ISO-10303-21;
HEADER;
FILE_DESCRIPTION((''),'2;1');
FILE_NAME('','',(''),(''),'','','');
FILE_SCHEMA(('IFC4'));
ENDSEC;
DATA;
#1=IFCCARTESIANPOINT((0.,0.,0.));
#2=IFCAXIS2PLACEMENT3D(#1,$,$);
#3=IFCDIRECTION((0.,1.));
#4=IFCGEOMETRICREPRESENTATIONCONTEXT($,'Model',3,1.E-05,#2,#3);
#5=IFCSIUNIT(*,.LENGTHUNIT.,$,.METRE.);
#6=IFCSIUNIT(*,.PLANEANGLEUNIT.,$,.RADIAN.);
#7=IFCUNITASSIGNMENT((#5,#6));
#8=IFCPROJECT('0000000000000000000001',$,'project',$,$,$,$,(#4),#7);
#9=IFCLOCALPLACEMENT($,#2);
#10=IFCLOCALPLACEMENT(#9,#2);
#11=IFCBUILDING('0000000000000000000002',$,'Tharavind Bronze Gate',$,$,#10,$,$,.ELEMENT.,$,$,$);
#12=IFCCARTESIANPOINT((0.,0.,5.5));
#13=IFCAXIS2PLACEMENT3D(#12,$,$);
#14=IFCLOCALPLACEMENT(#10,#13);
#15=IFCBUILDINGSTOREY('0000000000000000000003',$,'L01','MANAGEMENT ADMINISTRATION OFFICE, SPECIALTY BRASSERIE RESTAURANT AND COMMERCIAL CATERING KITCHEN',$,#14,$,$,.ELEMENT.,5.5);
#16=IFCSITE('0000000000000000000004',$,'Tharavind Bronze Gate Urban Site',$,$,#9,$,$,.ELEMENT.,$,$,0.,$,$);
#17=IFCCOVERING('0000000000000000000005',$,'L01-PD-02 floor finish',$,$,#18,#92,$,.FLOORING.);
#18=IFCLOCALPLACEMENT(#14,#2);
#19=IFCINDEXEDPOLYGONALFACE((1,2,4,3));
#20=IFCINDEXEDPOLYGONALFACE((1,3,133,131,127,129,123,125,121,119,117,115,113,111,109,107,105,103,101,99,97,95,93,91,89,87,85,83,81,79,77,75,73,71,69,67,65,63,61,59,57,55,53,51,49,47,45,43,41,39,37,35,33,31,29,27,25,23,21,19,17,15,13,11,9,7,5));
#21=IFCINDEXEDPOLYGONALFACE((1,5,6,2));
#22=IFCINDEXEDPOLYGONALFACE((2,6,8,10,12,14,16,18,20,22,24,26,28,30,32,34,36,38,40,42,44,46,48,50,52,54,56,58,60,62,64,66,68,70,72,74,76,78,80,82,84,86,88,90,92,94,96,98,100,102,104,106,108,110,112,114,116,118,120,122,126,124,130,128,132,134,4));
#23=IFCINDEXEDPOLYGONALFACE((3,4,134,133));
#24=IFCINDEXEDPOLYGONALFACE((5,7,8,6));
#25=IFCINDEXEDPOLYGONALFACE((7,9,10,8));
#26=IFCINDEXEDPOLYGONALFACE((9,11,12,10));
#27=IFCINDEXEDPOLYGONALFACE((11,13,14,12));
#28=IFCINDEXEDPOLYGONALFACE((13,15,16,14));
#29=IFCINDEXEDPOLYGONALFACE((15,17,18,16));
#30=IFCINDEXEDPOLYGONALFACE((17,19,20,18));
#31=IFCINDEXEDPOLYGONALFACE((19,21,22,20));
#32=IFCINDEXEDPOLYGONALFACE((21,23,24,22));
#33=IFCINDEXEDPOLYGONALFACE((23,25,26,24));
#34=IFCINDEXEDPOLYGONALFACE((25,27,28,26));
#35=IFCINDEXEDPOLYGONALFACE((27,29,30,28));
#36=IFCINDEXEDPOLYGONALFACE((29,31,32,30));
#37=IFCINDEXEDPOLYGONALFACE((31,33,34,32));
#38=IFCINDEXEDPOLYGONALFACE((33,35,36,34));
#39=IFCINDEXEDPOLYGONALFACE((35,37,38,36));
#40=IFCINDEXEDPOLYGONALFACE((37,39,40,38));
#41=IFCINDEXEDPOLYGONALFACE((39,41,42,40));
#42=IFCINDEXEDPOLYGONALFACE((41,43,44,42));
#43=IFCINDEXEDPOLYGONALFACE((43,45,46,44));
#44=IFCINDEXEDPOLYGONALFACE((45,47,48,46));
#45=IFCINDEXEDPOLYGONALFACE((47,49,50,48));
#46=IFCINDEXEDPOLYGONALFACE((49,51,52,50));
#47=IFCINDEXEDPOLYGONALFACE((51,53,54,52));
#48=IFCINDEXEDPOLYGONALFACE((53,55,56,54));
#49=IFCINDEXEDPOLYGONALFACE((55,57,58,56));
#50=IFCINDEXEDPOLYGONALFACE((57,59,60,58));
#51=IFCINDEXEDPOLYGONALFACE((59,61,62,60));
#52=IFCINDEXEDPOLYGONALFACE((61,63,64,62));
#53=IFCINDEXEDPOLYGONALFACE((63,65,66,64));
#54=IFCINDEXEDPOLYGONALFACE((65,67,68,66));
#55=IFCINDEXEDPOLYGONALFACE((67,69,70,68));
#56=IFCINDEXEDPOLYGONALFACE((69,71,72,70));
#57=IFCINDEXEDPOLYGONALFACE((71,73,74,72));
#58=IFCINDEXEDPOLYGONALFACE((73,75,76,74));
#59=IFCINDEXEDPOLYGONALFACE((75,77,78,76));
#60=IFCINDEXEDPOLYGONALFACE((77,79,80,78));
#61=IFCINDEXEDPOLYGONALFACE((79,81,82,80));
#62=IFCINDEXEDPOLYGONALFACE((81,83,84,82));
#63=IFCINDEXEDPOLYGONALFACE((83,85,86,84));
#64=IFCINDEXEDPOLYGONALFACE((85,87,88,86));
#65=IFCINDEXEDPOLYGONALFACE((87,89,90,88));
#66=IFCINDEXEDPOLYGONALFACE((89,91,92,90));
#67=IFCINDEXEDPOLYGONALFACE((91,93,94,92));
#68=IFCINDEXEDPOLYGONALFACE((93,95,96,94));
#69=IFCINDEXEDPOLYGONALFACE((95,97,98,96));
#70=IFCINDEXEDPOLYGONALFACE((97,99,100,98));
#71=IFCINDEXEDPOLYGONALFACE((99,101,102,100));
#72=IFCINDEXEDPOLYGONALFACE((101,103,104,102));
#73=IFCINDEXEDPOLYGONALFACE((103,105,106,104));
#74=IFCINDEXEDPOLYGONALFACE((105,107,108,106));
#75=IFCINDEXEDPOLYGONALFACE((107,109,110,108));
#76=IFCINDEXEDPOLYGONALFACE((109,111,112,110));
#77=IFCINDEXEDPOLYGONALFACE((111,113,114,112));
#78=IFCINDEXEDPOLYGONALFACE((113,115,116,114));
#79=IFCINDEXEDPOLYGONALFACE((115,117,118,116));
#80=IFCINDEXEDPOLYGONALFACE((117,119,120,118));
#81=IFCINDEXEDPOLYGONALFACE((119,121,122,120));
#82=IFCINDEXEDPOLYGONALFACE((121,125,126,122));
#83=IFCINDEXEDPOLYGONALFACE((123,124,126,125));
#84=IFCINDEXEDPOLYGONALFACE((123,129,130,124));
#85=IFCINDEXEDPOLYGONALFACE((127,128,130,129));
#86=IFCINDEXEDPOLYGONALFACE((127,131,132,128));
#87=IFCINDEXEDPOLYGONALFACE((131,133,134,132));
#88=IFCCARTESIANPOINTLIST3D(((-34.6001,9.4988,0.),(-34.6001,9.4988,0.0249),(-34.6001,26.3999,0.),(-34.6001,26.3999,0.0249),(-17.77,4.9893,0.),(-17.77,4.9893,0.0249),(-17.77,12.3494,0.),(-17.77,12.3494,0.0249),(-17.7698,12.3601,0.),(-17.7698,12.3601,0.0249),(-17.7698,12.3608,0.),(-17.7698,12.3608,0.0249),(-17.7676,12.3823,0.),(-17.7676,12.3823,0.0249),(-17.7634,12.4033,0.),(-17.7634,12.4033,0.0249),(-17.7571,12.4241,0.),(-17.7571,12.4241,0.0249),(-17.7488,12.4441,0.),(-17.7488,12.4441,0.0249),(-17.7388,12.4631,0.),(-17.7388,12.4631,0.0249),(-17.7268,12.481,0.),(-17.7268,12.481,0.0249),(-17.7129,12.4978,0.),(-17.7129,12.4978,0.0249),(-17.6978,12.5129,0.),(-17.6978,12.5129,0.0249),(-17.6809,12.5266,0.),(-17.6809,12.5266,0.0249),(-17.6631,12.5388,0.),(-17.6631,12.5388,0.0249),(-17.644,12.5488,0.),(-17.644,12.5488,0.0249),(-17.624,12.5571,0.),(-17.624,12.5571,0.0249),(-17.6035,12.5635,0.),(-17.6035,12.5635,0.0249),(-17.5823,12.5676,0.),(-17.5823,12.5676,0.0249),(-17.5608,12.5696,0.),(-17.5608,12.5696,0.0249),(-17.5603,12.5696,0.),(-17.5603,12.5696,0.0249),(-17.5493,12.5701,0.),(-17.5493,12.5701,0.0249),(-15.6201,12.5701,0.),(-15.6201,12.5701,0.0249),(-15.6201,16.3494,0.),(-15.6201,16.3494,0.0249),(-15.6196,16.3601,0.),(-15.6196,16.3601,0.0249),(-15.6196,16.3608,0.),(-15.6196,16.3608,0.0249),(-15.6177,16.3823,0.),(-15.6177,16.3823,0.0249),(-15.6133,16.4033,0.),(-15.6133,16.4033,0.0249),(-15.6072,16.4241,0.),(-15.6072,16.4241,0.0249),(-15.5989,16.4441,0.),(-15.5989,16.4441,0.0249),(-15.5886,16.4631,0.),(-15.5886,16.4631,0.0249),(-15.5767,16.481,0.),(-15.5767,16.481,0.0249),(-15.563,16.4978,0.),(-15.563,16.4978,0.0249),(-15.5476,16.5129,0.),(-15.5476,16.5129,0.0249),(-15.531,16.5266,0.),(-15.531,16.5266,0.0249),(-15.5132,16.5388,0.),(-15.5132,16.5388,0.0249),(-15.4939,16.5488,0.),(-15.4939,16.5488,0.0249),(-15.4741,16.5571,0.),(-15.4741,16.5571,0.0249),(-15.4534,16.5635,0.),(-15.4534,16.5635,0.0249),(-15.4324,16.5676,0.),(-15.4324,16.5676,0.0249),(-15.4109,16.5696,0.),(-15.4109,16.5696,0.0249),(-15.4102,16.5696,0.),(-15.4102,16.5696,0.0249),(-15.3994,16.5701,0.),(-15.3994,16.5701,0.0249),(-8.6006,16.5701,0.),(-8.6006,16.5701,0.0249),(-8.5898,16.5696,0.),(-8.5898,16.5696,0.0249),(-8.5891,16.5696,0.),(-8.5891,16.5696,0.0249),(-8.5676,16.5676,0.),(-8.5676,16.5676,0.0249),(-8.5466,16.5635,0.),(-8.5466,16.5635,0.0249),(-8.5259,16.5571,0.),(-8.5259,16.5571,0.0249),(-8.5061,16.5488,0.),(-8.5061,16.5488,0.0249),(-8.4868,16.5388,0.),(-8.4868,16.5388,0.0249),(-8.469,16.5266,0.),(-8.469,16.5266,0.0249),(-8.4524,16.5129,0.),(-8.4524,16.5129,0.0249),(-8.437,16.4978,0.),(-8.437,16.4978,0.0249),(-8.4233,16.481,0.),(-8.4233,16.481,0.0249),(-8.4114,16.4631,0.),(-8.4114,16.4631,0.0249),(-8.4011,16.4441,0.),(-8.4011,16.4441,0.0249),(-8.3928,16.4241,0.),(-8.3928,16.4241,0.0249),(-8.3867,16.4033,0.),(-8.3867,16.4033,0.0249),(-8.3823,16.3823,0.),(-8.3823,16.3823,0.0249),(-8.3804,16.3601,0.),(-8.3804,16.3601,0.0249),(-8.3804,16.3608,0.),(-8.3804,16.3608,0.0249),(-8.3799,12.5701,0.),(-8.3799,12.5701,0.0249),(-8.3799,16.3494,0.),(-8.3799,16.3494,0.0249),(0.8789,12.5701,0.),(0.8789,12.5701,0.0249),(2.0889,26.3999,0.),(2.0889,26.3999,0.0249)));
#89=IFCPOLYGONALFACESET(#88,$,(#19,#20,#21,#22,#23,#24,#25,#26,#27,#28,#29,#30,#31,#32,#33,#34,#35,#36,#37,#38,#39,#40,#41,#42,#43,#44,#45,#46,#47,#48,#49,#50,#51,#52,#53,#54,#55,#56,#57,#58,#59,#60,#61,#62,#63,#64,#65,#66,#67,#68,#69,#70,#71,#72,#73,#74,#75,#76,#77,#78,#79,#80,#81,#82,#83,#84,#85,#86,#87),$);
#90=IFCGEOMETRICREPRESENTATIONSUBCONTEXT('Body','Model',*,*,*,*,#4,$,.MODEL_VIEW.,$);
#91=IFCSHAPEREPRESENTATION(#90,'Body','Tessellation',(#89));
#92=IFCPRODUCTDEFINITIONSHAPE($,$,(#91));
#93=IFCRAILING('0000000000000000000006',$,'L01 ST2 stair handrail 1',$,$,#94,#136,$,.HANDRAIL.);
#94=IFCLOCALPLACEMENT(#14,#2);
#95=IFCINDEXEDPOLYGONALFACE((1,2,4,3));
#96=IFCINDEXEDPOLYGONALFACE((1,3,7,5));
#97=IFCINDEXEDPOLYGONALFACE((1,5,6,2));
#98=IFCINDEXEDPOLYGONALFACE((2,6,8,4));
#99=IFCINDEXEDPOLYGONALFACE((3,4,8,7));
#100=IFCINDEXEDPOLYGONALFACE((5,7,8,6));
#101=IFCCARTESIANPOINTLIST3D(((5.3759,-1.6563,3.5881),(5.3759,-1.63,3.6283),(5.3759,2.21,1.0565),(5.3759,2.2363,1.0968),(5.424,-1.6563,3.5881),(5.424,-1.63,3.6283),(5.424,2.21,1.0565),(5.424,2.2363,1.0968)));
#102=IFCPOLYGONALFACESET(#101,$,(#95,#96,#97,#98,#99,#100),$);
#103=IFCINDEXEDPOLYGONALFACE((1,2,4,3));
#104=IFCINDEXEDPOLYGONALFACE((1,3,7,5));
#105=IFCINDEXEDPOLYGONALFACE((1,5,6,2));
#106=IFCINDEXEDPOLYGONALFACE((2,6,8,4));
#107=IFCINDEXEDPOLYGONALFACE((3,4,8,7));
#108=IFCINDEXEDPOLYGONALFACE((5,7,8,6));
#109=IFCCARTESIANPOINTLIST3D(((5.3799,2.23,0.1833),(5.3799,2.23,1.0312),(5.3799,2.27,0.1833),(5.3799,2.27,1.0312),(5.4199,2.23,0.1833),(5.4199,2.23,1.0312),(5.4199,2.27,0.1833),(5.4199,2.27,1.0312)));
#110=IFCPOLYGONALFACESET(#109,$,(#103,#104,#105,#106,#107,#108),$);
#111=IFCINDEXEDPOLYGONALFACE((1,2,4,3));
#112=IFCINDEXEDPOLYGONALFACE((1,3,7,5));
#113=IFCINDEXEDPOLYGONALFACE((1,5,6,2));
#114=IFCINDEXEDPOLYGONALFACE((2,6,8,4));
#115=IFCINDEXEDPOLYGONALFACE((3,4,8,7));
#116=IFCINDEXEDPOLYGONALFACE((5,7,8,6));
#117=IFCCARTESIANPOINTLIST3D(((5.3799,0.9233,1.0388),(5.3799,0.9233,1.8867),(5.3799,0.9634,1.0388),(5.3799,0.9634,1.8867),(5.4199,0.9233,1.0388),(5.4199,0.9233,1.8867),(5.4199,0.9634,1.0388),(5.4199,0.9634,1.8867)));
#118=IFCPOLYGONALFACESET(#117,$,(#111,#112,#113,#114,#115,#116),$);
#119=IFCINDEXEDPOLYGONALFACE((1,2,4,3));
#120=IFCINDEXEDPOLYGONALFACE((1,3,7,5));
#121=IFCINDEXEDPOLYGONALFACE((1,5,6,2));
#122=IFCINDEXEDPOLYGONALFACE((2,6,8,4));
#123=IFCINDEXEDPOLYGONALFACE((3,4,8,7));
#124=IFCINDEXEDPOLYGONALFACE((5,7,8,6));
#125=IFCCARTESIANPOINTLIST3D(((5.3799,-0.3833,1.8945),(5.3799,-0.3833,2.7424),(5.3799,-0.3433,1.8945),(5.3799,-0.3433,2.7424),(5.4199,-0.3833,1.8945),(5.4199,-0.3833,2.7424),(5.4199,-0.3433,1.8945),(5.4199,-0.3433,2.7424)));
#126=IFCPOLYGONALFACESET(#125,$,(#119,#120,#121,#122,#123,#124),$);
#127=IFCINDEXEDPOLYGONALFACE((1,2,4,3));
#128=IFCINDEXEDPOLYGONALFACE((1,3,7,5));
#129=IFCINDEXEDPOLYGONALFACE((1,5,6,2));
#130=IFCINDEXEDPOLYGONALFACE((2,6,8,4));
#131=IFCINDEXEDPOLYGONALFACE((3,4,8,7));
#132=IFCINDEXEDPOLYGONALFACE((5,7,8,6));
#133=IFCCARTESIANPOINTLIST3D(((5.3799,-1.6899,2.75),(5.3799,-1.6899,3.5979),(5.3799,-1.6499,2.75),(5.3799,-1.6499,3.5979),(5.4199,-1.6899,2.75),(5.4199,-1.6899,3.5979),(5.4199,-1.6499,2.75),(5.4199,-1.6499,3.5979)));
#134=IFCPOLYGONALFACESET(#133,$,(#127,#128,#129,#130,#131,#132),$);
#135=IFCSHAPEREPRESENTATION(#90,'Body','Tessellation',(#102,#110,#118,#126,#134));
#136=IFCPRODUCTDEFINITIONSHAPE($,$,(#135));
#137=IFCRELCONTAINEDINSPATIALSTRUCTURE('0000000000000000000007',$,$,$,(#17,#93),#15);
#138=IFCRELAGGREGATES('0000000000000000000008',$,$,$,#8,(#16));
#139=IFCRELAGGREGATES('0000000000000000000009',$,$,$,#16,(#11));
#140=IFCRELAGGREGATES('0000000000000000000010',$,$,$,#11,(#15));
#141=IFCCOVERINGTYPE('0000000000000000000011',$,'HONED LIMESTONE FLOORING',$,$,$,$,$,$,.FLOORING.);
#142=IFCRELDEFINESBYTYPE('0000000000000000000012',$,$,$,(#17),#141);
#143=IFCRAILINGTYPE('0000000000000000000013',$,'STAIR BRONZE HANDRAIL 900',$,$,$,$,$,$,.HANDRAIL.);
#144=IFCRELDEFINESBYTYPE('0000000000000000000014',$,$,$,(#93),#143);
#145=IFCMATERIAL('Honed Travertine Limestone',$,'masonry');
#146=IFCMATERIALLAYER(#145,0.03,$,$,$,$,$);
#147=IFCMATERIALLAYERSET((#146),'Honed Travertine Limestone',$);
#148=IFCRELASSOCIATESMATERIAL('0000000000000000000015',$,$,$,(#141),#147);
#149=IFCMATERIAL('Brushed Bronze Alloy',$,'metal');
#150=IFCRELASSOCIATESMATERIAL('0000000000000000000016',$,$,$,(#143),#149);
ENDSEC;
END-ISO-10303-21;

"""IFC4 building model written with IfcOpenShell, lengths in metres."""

from ifc_helpers import new_model, si_unit, direction, frame, origin, origin_2d, place, context, subcontext, project, spatial, polyline, rectangle, outline, extrude, material, layer, layer_set, type_object, element, save


model = new_model("IFC4")

# Units and contexts
model_context = context("Model", 3, precision=1e-05, world=origin(), true_north=direction((0.0, 1.0)))
body_context = subcontext(model_context, "Body", "Model", "MODEL_VIEW")
ifc_project = project(units=[si_unit("LENGTHUNIT", "METRE"), si_unit("PLANEANGLEUNIT", "RADIAN")], contexts=[model_context])

# Site, building, storey
site_placement = place(None, origin())
site = spatial("IfcSite", under=ifc_project, at=site_placement, Name="Tharavind Bronze Gate Urban Site", CompositionType="ELEMENT", RefElevation=0.0)
building_placement = place(site_placement, origin())
building = spatial("IfcBuilding", under=site, at=building_placement, Name="Tharavind Bronze Gate", CompositionType="ELEMENT")
storey_placement = place(building_placement, frame((0.0, 0.0, 5.5)))
storey = spatial("IfcBuildingStorey", under=building, at=storey_placement, Name="L01", Description="MANAGEMENT ADMINISTRATION OFFICE, SPECIALTY BRASSERIE RESTAURANT AND COMMERCIAL CATERING KITCHEN", CompositionType="ELEMENT", Elevation=5.5)

# Covering
ifc_material_1 = material(Name="Honed Travertine Limestone", Category="masonry")
ifc_layer_1 = layer(ifc_material_1, 0.03)
ifc_layer_set_1 = layer_set([ifc_layer_1], Name="Honed Travertine Limestone")
covering_type_1 = type_object("IfcCoveringType", Name="HONED LIMESTONE FLOORING", PredefinedType="FLOORING", material=ifc_layer_set_1)
covering_1_placement = place(storey_placement, origin())
element("IfcCovering", 1, at=covering_1_placement, inside=storey, type_object=covering_type_1, Name="L01-PD-02 floor finish", PredefinedType="FLOORING", context=body_context, shape_type="SweptSolid", body=[
    extrude(outline(polyline([(-34.6001, 9.4988), (-17.77, 4.9893), (-17.77, 12.3494), (-17.7698, 12.3601), (-17.7698, 12.3608), (-17.7676, 12.3823), (-17.7634, 12.4033), (-17.7571, 12.4241), (-17.7488, 12.4441), (-17.7388, 12.4631), (-17.7268, 12.481), (-17.7129, 12.4978), (-17.6978, 12.5129), (-17.6809, 12.5266), (-17.6631, 12.5388), (-17.644, 12.5488), (-17.624, 12.5571), (-17.6035, 12.5635), (-17.5823, 12.5676), (-17.5608, 12.5696), (-17.5603, 12.5696), (-17.5493, 12.5701), (-15.6201, 12.5701), (-15.6201, 16.3494), (-15.6196, 16.3601), (-15.6196, 16.3608), (-15.6177, 16.3823), (-15.6133, 16.4033), (-15.6072, 16.4241), (-15.5989, 16.4441), (-15.5886, 16.4631), (-15.5767, 16.481), (-15.563, 16.4978), (-15.5476, 16.5129), (-15.531, 16.5266), (-15.5132, 16.5388), (-15.4939, 16.5488), (-15.4741, 16.5571), (-15.4534, 16.5635), (-15.4324, 16.5676), (-15.4109, 16.5696), (-15.4102, 16.5696), (-15.3994, 16.5701), (-8.6006, 16.5701), (-8.5898, 16.5696), (-8.5891, 16.5696), (-8.5676, 16.5676), (-8.5466, 16.5635), (-8.5259, 16.5571), (-8.5061, 16.5488), (-8.4868, 16.5388), (-8.469, 16.5266), (-8.4524, 16.5129), (-8.437, 16.4978), (-8.4233, 16.481), (-8.4114, 16.4631), (-8.4011, 16.4441), (-8.3928, 16.4241), (-8.3867, 16.4033), (-8.3823, 16.3823), (-8.3804, 16.3608), (-8.3804, 16.3601), (-8.3799, 16.3494), (-8.3799, 12.5701), (0.8789, 12.5701), (2.0889, 26.3999), (-34.6001, 26.3999), (-34.6001, 9.4988)])), origin(), (0.0, 0.0, 1.0), 0.0249),
])

# Railing
ifc_material_2 = material(Name="Brushed Bronze Alloy", Category="metal")
railing_type = type_object("IfcRailingType", Name="STAIR BRONZE HANDRAIL 900", PredefinedType="HANDRAIL", material=ifc_material_2)
railing_placement = place(storey_placement, frame((5.3999, 2.25, 0.1833)))
element("IfcRailing", 2, at=railing_placement, inside=storey, type_object=railing_type, Name="L01 ST2 stair handrail 1", PredefinedType="HANDRAIL", context=body_context, shape_type="SweptSolid", body=[
    extrude(rectangle(XDim=0.0481, YDim=0.0481, at=origin_2d()), frame((0.0, -0.0269, 0.8933), z_axis=(0.0, -0.836615, 0.547791), x_axis=(1.0, 0.0, 0.0)), (0.0, 0.0, 1.0), 4.6213),
    extrude(rectangle(XDim=0.04, YDim=0.04, at=origin_2d()), origin(), (0.0, 0.0, 1.0), 0.8479),
    extrude(rectangle(XDim=0.04, YDim=0.04, at=origin_2d()), frame((0.0, -1.3066, 0.8555)), (0.0, 0.0, 1.0), 0.8479),
    extrude(rectangle(XDim=0.04, YDim=0.04, at=origin_2d()), frame((0.0, -2.6133, 1.7112)), (0.0, 0.0, 1.0), 0.8479),
    extrude(rectangle(XDim=0.04, YDim=0.04, at=origin_2d()), frame((0.0, -3.9199, 2.5667)), (0.0, 0.0, 1.0), 0.8479),
])

save(model, "model.ifc")
